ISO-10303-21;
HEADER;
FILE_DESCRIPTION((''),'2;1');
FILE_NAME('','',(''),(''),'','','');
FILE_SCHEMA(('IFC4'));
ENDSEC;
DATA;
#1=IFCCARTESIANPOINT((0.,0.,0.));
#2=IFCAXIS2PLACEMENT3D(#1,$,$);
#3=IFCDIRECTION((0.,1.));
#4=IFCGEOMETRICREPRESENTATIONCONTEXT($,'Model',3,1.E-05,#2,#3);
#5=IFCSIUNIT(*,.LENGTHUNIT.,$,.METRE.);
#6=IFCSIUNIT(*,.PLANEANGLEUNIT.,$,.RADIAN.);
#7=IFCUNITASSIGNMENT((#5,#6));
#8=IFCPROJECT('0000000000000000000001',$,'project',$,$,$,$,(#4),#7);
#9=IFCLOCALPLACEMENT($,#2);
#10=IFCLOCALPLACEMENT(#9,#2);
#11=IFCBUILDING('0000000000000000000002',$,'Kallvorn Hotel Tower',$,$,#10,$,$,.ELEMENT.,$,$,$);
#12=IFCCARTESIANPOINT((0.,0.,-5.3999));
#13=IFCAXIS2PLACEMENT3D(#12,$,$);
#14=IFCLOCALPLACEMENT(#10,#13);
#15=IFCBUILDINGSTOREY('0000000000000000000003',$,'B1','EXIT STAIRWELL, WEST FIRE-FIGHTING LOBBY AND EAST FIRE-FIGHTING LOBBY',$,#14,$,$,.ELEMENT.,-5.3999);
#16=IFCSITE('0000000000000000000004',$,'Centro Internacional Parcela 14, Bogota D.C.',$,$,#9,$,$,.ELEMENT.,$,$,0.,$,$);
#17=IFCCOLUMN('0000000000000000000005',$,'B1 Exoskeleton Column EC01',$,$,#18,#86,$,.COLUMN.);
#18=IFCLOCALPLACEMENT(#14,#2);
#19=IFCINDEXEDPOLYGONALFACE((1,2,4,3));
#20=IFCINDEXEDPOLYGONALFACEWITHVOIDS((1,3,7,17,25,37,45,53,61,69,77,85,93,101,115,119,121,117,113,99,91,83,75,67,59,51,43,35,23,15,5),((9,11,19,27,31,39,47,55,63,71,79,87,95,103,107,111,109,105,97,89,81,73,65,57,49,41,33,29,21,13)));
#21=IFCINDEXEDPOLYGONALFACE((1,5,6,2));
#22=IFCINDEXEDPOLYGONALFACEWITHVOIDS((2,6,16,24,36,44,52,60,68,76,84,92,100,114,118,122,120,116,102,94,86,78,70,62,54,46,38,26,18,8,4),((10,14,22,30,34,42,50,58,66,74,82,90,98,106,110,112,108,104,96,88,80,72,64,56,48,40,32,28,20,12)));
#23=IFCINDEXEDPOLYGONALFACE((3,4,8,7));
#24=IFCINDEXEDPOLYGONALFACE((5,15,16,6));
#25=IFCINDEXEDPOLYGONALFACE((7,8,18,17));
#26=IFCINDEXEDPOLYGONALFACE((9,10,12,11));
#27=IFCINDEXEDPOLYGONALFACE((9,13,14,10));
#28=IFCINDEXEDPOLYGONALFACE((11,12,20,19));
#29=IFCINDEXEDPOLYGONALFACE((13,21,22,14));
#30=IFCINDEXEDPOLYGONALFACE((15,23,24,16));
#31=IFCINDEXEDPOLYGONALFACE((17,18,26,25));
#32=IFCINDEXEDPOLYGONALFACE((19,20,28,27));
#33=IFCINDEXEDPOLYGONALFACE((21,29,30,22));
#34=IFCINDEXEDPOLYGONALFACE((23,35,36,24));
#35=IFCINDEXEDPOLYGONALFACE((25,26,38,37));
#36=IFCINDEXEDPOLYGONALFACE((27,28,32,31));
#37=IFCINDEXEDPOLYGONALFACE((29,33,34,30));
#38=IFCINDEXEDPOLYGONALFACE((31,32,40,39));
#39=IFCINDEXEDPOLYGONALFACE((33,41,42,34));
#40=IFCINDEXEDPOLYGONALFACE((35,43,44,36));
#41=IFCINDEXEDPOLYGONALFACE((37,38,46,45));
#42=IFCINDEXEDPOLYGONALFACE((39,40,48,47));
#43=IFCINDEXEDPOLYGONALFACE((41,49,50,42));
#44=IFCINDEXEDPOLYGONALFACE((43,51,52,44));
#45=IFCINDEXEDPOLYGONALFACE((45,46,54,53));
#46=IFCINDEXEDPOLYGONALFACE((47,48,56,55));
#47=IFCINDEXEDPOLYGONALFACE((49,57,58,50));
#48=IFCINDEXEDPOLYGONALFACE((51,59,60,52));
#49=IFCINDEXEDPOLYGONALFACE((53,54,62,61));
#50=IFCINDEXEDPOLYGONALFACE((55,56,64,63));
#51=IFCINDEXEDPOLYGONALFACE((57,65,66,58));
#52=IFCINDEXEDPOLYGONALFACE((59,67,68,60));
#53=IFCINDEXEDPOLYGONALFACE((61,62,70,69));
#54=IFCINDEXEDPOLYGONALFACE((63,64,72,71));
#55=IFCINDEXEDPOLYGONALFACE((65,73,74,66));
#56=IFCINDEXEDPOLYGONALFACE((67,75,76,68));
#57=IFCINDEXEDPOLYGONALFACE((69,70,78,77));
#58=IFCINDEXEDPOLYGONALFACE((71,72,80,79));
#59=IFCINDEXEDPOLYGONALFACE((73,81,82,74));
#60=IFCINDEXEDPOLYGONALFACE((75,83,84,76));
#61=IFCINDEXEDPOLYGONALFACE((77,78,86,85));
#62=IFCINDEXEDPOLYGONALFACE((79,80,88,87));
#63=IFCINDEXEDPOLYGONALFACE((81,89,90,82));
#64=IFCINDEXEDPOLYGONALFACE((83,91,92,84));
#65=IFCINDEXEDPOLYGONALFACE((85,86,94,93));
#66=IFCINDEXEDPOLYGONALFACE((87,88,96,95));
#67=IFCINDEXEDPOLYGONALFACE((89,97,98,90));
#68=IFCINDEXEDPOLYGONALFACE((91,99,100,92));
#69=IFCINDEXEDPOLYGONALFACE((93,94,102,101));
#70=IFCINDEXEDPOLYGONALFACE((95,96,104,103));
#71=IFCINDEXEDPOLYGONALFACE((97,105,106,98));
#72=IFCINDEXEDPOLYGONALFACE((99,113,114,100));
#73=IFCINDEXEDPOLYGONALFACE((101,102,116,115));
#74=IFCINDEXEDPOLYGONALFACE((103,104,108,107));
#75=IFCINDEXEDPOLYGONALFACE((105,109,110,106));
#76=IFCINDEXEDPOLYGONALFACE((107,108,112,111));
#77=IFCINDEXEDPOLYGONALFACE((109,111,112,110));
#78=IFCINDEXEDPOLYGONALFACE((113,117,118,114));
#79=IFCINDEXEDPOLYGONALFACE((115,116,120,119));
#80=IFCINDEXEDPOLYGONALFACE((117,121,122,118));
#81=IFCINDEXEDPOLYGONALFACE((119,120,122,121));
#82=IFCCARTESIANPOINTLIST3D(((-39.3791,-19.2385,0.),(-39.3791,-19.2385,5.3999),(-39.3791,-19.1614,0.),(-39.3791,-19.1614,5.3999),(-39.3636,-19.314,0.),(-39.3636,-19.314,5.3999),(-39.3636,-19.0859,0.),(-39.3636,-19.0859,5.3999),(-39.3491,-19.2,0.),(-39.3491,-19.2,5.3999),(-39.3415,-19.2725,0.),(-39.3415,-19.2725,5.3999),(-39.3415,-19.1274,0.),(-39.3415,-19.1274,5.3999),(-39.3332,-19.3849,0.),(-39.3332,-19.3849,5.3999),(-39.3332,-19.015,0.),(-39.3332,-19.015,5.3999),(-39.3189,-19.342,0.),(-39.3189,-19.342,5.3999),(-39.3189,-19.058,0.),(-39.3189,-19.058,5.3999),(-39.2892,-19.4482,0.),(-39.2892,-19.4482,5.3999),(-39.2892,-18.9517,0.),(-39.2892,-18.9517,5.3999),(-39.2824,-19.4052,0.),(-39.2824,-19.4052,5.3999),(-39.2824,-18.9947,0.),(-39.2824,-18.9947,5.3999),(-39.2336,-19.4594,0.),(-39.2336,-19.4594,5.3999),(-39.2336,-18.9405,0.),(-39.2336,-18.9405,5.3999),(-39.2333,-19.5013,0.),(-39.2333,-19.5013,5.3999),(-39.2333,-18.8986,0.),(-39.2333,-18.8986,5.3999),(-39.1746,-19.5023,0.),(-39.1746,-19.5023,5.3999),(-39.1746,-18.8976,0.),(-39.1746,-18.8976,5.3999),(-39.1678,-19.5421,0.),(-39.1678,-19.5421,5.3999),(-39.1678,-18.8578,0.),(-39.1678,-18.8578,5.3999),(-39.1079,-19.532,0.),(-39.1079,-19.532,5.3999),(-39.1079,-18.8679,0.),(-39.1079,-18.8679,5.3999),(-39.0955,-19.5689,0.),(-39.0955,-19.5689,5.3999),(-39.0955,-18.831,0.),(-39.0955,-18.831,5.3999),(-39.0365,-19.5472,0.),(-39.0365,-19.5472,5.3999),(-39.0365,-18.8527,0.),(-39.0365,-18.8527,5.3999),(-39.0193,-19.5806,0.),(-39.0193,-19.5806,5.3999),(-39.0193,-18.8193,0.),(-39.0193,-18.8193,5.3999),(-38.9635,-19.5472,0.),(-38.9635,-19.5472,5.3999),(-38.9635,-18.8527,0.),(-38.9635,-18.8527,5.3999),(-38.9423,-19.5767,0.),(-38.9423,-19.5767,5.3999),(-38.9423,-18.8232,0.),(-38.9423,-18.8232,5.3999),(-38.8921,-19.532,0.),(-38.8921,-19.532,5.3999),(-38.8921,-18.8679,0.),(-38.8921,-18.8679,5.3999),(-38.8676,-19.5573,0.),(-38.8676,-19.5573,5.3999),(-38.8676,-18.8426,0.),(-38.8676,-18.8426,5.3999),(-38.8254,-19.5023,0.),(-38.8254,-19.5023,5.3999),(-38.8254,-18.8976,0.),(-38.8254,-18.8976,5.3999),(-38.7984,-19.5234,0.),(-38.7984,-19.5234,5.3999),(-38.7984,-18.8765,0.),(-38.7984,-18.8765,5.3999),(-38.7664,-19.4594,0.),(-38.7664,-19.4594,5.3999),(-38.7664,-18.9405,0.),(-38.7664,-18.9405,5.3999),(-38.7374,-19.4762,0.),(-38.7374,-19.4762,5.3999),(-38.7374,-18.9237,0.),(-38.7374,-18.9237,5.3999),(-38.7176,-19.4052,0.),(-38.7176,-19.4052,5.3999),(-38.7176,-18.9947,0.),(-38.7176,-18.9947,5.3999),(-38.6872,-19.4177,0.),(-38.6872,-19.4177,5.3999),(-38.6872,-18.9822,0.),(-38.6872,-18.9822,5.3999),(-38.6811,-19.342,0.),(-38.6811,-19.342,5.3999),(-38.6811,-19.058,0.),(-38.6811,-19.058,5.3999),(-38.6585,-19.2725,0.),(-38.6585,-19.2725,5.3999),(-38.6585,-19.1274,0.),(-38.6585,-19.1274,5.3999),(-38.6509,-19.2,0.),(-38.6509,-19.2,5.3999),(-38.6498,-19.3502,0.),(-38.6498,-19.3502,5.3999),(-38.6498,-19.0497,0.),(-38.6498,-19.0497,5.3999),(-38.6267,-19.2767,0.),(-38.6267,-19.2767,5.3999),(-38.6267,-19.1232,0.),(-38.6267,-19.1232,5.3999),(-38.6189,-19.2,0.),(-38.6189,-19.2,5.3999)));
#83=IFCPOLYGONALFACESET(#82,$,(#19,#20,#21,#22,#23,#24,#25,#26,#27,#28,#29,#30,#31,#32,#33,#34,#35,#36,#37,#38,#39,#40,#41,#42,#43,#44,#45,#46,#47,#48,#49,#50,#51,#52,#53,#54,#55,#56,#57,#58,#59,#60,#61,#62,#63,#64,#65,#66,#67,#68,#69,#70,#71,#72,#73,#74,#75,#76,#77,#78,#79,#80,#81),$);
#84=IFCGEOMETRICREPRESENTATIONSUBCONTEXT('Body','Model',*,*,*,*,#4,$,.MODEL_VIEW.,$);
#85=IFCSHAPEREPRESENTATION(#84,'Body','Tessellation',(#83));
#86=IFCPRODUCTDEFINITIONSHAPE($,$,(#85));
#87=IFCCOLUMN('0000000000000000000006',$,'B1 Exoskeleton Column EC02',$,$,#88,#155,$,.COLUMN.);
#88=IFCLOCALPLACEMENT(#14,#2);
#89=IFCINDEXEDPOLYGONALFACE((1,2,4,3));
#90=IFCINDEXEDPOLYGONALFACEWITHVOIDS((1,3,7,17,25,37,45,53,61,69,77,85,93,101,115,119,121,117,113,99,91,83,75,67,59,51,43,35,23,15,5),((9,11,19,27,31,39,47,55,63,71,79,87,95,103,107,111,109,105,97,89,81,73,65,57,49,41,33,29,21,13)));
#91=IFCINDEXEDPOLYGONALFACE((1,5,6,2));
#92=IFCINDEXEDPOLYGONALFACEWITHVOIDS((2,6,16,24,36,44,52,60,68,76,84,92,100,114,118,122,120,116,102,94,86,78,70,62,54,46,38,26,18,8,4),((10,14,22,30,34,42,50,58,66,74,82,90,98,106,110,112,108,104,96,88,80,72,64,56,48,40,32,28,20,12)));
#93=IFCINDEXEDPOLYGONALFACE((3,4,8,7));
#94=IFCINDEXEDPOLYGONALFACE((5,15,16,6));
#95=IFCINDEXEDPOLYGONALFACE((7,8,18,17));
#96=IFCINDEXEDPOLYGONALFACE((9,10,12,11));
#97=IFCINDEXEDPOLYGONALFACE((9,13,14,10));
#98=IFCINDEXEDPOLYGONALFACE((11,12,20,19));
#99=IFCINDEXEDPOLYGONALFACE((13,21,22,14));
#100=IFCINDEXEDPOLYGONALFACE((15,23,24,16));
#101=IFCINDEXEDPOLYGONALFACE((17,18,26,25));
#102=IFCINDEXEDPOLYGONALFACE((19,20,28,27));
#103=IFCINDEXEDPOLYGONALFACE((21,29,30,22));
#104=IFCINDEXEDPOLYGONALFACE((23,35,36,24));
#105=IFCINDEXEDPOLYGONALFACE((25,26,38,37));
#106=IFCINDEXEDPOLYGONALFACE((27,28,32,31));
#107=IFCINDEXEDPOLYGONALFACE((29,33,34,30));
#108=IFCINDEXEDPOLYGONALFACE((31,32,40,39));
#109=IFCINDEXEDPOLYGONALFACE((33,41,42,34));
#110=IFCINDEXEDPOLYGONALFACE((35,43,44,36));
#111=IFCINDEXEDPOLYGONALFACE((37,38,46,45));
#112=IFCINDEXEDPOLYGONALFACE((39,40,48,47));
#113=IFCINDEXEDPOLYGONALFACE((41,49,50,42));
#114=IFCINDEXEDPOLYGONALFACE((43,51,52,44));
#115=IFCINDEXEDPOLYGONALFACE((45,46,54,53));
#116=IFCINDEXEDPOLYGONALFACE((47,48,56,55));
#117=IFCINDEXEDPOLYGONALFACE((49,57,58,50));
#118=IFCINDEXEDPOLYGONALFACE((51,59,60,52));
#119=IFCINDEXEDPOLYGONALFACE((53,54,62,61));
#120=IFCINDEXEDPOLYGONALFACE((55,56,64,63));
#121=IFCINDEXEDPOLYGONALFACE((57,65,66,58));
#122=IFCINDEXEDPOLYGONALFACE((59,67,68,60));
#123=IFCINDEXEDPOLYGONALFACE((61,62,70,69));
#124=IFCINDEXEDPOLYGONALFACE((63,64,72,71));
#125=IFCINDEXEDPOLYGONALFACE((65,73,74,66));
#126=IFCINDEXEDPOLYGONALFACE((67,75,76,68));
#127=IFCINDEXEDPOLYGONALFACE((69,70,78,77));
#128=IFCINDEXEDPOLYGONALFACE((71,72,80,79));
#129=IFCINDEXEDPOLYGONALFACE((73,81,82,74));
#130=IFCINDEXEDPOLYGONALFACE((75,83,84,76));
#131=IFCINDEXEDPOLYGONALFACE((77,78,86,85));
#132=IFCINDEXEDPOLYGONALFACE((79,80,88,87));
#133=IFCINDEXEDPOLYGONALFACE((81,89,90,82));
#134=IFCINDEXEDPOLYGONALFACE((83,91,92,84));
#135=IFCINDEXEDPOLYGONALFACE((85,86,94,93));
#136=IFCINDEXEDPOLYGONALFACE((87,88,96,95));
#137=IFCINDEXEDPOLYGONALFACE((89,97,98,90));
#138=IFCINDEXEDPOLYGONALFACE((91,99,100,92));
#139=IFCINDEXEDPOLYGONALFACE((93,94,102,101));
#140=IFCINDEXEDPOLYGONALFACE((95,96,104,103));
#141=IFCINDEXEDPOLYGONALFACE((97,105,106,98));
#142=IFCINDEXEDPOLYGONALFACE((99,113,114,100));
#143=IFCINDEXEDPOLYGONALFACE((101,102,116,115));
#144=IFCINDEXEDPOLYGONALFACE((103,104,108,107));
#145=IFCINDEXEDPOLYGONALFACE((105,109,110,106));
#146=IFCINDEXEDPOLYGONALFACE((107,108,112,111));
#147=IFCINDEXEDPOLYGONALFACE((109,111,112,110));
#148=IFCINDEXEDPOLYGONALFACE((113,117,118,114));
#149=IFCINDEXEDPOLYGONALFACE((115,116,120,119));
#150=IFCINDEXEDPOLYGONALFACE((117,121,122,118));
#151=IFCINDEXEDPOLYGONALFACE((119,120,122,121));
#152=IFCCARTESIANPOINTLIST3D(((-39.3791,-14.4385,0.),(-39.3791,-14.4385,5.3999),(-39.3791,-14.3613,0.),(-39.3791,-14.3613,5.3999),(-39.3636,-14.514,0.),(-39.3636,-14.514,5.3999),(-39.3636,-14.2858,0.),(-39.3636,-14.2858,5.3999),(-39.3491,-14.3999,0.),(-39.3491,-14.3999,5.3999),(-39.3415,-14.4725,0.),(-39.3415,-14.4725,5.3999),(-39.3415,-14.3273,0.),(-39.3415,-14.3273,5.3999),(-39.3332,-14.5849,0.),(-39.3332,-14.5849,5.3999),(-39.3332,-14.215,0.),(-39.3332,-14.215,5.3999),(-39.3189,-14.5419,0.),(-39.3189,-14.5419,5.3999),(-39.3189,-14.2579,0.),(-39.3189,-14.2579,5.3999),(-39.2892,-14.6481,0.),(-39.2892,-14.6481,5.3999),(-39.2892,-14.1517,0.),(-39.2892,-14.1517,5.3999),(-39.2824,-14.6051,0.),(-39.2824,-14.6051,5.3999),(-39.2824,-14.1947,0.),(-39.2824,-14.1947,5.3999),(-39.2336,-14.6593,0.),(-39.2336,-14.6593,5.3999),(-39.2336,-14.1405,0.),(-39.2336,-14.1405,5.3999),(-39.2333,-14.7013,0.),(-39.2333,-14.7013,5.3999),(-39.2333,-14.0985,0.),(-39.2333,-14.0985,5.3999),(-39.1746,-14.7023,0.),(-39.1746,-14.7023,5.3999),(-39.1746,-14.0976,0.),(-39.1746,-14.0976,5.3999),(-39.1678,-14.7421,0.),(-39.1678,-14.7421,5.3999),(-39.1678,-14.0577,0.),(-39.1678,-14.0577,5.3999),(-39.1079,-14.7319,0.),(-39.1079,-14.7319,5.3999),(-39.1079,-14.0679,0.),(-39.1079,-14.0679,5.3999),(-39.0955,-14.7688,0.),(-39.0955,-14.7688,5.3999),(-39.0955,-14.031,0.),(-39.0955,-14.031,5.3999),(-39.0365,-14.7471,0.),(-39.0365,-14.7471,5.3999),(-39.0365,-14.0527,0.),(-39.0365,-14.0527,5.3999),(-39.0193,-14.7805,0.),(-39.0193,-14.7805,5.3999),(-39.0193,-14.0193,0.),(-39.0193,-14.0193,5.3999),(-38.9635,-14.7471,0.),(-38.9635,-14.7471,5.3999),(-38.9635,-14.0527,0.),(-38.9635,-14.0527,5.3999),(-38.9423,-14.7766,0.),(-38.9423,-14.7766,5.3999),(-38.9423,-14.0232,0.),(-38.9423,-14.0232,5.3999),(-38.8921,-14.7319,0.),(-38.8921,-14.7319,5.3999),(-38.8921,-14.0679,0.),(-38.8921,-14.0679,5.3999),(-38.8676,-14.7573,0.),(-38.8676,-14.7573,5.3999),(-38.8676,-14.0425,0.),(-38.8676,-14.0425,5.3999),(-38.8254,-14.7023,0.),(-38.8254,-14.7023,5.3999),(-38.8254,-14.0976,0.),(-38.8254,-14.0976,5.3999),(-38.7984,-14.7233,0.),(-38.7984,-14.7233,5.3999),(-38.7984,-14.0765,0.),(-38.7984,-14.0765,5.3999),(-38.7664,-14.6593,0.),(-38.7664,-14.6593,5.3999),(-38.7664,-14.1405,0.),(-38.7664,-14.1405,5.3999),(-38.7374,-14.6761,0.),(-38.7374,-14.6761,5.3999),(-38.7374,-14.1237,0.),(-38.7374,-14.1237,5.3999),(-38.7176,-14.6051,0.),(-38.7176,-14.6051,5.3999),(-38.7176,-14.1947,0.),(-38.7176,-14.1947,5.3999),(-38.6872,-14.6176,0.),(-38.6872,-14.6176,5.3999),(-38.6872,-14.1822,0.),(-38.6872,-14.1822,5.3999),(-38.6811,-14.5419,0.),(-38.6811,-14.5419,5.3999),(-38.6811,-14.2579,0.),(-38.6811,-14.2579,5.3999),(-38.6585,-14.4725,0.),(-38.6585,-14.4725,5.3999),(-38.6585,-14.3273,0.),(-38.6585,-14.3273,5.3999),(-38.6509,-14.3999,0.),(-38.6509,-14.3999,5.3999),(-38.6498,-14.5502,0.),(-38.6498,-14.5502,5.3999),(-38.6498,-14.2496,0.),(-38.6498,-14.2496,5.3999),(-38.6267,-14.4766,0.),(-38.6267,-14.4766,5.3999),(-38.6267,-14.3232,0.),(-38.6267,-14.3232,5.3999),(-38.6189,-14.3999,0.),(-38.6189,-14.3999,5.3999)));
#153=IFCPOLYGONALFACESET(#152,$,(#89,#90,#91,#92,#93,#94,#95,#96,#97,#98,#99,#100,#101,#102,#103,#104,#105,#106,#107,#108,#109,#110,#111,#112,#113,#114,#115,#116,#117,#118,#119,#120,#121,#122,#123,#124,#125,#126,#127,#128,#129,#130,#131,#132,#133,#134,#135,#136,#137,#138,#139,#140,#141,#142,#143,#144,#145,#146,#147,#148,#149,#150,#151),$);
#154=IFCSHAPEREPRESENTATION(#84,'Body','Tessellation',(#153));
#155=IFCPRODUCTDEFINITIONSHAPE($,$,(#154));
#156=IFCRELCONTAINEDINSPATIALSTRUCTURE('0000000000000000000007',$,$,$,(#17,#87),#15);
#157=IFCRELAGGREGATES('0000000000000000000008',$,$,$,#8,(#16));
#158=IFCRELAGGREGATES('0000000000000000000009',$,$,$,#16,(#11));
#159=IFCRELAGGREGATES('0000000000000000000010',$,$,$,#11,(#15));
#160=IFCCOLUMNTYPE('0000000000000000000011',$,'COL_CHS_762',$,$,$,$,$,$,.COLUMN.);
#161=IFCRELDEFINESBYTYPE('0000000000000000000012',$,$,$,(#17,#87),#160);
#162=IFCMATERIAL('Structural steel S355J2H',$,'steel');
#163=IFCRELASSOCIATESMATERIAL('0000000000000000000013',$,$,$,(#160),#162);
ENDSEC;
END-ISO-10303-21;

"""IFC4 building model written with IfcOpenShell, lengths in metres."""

from ifc_helpers import new_model, si_unit, direction, frame, origin, origin_2d, place, context, subcontext, project, spatial, hollow_circle, extrude, material, material_profile, profile_set, type_object, element, save


model = new_model("IFC4")

# Units and contexts
model_context = context("Model", 3, precision=1e-05, world=origin(), true_north=direction((0.0, 1.0)))
body_context = subcontext(model_context, "Body", "Model", "MODEL_VIEW")
ifc_project = project(units=[si_unit("LENGTHUNIT", "METRE"), si_unit("PLANEANGLEUNIT", "RADIAN")], contexts=[model_context])

# Site, building, storey
site_placement = place(None, origin())
site = spatial("IfcSite", under=ifc_project, at=site_placement, Name="Centro Internacional Parcela 14, Bogota D.C.", CompositionType="ELEMENT", RefElevation=0.0)
building_placement = place(site_placement, origin())
building = spatial("IfcBuilding", under=site, at=building_placement, Name="Kallvorn Hotel Tower", CompositionType="ELEMENT")
storey_placement = place(building_placement, frame((0.0, 0.0, -5.3999)))
storey = spatial("IfcBuildingStorey", under=building, at=storey_placement, Name="B1", Description="EXIT STAIRWELL, WEST FIRE-FIGHTING LOBBY AND EAST FIRE-FIGHTING LOBBY", CompositionType="ELEMENT", Elevation=-5.3999)

# Columns
ifc_material_1 = material(Name="Structural steel S355J2H", Category="steel")
ifc_material_profile_1 = material_profile(ifc_material_1, hollow_circle(Radius=0.3811, WallThickness=0.032, at=origin_2d()), Name="CHS 762x32")
ifc_profile_set_1 = profile_set([ifc_material_profile_1], Name="Structural steel S355J2H")
column_type_1 = type_object("IfcColumnType", Name="COL_CHS_762", PredefinedType="COLUMN", material=ifc_profile_set_1)
for number, where, z_axis, x_axis, name in (
    (1, (-39.0, -19.2, 0.0), (0.0, 0.0, 1.0), (1.0, 0.0, 0.0), "B1 Exoskeleton Column EC01"),
    (2, (-39.0, -14.3999, 0.0), (0.0, 0.0, 1.0), (1.0, 0.0, 0.0), "B1 Exoskeleton Column EC02"),
):
    element("IfcColumn", number, at=place(storey_placement, frame(where, z_axis=z_axis, x_axis=x_axis)), inside=storey, type_object=column_type_1, Name=name, PredefinedType="COLUMN", context=body_context, shape_type="SweptSolid", body=[
        extrude(hollow_circle(Radius=0.3811, WallThickness=0.032, at=origin_2d()), origin(), (0.0, 0.0, 1.0), 5.3999),
    ])

save(model, "model.ifc")
